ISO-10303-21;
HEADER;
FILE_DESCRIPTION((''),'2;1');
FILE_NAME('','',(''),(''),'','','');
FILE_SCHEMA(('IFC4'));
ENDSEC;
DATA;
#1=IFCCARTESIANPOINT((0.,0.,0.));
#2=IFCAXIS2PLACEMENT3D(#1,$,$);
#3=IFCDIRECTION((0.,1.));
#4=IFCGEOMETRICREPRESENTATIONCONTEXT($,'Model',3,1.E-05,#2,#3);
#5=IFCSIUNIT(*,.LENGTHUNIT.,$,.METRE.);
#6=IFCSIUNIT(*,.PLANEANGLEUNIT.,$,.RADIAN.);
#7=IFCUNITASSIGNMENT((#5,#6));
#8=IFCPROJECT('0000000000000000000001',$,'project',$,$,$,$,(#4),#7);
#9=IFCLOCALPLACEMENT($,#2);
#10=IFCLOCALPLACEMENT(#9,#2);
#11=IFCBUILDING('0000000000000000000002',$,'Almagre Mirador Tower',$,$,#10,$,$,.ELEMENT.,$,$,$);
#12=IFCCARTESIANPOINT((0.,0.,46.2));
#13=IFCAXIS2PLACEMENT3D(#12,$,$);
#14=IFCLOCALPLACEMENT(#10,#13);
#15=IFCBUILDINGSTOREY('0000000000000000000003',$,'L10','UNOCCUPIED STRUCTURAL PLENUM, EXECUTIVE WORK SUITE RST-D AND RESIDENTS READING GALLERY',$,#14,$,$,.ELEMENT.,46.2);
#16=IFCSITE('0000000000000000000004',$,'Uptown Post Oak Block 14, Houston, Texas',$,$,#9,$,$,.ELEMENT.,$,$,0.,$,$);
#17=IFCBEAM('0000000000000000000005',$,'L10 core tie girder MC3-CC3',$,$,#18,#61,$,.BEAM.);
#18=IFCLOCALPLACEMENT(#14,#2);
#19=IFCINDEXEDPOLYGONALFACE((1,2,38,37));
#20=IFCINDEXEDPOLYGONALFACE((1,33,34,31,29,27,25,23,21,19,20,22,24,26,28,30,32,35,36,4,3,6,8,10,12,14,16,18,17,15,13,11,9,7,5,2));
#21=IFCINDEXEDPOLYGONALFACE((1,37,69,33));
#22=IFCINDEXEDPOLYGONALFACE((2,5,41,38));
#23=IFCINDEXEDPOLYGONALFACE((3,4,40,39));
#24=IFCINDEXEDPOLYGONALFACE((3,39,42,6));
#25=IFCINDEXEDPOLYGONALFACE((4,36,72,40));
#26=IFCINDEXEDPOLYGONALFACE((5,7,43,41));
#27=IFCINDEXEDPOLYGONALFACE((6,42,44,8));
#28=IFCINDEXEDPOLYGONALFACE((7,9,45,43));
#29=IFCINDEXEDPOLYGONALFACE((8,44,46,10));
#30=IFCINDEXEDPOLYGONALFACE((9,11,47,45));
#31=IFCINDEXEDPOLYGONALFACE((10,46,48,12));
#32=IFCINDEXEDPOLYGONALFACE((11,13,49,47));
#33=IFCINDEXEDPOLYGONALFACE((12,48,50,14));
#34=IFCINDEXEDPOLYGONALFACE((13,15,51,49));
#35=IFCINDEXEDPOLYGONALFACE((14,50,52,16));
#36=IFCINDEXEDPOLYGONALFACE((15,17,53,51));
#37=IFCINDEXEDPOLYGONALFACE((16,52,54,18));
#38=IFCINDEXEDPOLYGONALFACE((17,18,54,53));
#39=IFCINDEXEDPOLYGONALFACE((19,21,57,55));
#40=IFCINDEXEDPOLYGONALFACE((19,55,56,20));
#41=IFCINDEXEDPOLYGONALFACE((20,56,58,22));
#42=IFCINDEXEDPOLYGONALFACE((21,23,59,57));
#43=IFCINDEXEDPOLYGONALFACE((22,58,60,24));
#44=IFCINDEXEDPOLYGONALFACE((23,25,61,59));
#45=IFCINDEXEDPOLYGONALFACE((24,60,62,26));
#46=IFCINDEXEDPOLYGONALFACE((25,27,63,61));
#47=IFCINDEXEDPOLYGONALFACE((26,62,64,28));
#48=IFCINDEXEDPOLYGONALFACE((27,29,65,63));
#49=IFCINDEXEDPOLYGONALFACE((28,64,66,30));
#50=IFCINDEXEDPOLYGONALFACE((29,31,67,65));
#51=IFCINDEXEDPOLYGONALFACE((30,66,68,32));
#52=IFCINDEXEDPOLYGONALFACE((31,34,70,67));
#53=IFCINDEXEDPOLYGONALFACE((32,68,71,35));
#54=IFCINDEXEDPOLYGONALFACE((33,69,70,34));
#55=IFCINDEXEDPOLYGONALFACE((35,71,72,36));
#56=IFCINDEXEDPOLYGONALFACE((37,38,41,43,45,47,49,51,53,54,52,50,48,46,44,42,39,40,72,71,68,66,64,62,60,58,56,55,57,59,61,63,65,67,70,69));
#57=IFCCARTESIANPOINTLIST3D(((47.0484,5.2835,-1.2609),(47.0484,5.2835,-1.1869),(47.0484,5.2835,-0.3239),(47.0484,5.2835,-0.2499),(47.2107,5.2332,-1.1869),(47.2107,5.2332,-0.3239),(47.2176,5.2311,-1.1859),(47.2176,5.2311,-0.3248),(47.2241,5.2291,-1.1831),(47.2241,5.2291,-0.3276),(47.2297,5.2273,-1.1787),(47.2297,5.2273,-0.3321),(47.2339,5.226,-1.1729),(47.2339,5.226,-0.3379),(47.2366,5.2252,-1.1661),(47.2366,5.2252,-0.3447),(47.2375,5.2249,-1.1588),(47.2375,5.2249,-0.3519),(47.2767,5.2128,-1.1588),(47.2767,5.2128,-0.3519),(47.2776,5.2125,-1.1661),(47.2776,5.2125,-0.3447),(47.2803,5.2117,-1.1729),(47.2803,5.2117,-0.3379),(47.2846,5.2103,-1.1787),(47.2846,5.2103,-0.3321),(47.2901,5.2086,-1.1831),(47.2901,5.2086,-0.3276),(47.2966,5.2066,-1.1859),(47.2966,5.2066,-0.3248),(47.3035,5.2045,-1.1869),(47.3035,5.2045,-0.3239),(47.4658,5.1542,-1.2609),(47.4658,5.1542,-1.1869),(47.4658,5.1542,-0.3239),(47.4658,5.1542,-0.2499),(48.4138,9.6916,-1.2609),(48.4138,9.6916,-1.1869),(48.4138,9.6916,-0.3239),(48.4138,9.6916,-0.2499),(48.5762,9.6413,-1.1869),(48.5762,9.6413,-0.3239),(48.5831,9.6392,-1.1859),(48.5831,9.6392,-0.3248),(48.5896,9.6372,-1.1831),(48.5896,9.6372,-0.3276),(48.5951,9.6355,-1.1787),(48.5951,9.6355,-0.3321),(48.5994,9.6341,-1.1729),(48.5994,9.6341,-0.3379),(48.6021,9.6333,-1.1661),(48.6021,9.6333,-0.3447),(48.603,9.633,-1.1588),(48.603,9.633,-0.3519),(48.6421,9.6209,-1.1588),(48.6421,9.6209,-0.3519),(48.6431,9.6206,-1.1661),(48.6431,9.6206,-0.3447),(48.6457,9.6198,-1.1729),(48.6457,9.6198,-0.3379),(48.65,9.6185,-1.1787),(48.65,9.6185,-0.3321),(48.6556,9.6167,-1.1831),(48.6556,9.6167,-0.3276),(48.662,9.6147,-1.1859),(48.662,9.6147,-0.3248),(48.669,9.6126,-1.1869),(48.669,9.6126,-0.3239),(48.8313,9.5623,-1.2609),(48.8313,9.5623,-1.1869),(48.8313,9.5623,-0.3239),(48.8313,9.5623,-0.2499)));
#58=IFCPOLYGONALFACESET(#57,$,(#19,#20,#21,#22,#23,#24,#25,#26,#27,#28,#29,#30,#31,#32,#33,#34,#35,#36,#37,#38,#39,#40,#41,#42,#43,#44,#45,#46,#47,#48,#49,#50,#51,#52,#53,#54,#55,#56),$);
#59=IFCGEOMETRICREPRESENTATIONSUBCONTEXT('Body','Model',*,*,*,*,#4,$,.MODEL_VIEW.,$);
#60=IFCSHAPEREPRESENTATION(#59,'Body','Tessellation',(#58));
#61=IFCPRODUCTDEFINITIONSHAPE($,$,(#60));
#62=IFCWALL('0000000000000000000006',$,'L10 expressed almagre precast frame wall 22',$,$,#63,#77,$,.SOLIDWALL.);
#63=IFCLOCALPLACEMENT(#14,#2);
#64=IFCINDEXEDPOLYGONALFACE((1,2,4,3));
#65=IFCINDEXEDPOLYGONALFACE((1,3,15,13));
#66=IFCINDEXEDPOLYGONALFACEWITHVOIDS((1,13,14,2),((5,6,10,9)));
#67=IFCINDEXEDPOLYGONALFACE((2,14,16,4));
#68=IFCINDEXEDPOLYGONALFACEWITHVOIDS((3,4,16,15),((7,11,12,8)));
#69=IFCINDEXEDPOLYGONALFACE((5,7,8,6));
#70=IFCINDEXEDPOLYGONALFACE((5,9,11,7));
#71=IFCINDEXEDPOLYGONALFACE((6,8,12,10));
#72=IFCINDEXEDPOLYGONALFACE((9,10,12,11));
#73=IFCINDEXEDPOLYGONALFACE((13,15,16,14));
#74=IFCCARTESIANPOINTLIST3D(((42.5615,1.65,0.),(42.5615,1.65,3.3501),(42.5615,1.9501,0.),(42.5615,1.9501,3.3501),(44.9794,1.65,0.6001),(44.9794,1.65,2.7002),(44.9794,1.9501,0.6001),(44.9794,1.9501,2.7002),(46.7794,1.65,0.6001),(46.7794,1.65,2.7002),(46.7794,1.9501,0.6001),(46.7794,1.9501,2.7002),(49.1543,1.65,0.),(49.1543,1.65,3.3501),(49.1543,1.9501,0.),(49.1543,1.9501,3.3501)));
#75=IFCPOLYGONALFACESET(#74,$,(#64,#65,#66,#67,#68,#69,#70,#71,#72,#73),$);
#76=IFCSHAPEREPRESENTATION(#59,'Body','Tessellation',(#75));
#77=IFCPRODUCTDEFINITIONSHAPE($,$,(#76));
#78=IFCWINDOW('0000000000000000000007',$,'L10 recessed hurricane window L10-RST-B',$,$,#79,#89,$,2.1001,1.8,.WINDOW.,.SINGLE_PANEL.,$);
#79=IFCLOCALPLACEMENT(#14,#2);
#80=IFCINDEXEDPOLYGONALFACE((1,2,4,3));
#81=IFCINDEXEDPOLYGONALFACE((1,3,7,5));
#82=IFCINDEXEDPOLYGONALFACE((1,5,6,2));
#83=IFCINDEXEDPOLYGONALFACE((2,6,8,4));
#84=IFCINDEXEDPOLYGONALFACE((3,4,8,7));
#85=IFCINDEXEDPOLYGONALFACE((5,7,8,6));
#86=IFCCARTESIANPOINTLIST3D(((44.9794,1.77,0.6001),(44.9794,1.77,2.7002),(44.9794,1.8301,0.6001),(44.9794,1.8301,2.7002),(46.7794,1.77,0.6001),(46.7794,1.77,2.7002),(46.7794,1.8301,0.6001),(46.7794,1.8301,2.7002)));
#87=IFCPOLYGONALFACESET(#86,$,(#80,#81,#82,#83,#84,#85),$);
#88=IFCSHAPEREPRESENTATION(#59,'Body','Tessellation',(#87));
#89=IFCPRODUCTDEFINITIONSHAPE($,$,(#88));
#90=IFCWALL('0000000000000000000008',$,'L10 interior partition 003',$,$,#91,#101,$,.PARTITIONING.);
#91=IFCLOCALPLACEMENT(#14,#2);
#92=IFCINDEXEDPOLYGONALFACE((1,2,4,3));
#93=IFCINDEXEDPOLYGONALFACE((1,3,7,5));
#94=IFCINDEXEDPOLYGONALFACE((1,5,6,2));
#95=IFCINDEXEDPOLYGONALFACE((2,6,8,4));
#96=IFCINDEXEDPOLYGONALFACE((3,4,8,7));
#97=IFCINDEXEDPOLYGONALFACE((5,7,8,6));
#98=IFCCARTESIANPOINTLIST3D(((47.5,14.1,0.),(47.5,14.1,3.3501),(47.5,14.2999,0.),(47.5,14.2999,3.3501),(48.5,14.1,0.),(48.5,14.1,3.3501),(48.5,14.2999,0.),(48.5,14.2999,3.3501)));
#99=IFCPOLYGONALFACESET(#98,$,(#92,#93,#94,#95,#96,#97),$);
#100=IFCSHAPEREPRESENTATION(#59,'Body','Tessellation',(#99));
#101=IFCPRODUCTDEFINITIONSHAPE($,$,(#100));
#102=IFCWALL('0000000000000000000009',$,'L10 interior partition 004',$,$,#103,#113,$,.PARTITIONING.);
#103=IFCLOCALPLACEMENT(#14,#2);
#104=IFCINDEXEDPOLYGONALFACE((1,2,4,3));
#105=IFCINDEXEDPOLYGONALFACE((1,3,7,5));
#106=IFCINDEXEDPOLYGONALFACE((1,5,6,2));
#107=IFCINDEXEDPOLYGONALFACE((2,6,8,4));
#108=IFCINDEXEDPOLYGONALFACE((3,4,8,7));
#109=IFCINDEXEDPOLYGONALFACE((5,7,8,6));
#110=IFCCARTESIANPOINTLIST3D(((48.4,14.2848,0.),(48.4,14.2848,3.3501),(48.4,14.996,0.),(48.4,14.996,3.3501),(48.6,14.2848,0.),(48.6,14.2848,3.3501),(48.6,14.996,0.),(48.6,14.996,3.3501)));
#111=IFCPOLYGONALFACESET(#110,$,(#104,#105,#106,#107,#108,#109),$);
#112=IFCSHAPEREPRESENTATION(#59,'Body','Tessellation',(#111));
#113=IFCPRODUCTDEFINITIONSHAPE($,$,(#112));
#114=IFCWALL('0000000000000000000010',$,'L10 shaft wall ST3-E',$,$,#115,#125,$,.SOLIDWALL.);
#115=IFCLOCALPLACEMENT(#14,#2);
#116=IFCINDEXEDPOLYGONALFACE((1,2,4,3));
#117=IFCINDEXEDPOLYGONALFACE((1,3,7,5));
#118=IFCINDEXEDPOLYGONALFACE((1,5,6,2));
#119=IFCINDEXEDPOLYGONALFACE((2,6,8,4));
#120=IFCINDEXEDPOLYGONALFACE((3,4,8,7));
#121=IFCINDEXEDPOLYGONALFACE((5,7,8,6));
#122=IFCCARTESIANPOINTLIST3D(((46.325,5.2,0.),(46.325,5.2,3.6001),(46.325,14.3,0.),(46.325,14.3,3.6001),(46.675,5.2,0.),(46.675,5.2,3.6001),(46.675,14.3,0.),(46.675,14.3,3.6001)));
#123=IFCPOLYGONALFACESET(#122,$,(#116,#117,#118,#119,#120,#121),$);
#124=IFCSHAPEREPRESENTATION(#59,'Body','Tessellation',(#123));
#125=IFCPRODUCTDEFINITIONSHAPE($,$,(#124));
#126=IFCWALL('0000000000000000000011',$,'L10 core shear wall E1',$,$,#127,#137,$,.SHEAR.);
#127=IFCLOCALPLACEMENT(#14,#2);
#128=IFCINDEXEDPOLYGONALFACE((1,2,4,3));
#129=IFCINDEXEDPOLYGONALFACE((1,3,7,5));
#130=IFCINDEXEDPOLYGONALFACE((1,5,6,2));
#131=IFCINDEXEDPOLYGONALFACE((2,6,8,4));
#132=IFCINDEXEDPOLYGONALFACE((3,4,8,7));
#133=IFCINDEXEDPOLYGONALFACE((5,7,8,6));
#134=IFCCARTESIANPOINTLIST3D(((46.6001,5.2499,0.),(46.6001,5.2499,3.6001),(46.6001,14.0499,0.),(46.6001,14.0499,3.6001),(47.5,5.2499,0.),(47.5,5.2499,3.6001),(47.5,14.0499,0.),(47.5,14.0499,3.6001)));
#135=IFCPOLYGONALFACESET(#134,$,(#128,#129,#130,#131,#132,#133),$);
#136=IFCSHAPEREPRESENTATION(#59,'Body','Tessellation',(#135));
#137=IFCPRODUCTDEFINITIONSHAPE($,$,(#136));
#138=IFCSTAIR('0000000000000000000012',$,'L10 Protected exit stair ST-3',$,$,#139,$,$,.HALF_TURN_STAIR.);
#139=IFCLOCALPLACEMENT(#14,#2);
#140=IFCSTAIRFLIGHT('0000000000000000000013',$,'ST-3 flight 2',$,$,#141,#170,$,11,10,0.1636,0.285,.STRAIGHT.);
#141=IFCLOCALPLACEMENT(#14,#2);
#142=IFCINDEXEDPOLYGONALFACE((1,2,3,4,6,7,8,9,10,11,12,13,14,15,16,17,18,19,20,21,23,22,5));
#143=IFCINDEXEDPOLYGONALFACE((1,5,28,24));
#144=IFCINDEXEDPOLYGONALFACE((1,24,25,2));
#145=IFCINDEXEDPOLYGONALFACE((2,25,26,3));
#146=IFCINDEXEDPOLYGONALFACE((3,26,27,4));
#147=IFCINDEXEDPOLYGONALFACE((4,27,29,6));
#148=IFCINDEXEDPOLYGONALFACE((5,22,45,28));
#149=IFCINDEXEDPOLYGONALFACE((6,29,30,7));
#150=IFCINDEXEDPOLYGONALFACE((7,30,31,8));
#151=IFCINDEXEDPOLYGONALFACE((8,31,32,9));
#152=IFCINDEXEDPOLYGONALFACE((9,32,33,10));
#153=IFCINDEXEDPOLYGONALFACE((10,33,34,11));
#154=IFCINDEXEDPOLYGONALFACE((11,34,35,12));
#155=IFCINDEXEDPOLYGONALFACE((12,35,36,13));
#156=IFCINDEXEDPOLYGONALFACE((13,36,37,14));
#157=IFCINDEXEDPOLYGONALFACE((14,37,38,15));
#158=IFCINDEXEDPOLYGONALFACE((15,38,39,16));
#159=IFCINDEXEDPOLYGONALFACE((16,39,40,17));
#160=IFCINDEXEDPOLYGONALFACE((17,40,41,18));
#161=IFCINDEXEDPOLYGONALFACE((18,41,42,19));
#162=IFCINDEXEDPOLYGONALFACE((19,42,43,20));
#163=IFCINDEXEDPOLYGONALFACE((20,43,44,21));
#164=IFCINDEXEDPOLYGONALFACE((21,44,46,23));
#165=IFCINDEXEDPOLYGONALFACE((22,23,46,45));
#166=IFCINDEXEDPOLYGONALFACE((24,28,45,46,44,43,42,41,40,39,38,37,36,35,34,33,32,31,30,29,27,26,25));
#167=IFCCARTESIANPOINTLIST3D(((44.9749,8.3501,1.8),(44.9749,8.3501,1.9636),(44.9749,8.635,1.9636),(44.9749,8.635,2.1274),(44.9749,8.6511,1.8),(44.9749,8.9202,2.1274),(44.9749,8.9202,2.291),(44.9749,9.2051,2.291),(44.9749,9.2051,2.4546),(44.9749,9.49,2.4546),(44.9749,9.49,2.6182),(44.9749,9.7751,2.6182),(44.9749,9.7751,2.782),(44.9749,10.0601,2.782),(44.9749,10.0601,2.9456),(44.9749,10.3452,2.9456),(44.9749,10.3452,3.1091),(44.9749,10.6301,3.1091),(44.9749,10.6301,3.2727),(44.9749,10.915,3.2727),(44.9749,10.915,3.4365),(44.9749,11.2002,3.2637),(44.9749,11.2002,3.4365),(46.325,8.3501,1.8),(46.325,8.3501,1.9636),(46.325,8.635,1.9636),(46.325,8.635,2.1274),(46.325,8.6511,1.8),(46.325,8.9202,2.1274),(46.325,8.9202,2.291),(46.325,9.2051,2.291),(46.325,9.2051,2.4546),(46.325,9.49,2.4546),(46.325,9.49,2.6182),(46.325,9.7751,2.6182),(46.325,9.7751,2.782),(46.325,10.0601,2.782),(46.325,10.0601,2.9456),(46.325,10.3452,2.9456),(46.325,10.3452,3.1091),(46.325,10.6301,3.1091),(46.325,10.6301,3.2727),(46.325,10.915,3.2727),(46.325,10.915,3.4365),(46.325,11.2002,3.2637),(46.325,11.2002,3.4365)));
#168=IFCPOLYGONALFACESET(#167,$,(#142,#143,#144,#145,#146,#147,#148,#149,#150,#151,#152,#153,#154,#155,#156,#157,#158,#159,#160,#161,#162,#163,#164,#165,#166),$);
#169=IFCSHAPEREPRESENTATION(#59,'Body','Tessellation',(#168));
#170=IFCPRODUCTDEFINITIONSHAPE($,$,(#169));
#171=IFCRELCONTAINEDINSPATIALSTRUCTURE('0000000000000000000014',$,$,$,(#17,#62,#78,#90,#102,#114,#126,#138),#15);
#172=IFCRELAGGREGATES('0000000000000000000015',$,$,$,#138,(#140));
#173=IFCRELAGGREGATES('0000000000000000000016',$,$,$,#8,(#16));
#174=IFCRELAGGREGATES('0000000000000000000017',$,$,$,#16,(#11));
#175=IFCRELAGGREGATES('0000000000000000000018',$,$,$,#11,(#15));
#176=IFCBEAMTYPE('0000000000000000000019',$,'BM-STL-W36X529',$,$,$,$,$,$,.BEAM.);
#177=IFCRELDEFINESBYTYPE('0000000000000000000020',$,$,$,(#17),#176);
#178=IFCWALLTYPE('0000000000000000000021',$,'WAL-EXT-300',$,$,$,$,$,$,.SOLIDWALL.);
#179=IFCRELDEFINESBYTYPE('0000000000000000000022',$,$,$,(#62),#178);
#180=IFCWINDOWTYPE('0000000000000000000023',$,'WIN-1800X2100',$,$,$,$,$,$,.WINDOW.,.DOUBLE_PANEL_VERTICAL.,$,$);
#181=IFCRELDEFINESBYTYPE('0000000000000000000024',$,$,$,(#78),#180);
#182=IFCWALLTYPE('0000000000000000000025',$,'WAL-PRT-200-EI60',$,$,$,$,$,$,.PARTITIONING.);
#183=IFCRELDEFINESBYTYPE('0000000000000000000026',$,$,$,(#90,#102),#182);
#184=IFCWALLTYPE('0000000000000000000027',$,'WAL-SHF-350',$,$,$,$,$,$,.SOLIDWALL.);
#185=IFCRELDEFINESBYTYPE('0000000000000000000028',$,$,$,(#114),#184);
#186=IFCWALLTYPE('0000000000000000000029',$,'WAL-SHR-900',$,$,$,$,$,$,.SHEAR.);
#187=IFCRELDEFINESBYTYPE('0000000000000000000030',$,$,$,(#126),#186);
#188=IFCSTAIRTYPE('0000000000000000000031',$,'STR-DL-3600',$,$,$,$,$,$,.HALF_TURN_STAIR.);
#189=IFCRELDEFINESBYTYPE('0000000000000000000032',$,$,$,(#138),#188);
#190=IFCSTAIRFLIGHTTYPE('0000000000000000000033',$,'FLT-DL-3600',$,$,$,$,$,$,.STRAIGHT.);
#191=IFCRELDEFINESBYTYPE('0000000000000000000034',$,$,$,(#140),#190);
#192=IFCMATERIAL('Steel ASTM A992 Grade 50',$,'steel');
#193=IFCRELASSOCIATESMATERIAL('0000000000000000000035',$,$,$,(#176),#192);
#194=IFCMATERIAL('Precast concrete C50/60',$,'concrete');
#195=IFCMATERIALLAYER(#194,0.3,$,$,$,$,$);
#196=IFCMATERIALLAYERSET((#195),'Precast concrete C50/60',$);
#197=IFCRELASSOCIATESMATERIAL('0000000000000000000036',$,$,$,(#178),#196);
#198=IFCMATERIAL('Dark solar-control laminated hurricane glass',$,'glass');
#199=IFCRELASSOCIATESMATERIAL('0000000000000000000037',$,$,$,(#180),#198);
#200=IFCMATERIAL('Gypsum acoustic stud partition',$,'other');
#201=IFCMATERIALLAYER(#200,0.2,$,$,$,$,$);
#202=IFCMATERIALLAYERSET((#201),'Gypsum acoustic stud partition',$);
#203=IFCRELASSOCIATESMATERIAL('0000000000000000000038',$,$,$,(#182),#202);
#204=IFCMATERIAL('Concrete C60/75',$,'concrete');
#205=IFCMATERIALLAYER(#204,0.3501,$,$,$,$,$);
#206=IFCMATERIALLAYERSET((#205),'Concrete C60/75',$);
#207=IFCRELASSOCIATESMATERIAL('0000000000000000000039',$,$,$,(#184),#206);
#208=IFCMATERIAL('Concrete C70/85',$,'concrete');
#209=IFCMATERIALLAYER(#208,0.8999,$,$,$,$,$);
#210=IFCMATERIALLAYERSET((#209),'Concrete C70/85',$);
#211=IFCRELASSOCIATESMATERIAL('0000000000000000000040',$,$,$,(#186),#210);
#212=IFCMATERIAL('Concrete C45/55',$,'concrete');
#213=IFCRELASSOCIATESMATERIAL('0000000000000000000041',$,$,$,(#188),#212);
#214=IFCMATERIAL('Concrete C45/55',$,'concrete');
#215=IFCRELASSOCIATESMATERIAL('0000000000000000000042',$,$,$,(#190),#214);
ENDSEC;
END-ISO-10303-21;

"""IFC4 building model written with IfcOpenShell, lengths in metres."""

from ifc_helpers import new_model, si_unit, direction, frame, frame_2d, origin, origin_2d, place, context, subcontext, project, spatial, polyline, rectangle, i_section, outline, extrude, material, layer, layer_set, material_profile, profile_set, type_object, element, fill, aggregate, save


model = new_model("IFC4")

# Units and contexts
model_context = context("Model", 3, precision=1e-05, world=origin(), true_north=direction((0.0, 1.0)))
body_context = subcontext(model_context, "Body", "Model", "MODEL_VIEW")
ifc_project = project(units=[si_unit("LENGTHUNIT", "METRE"), si_unit("PLANEANGLEUNIT", "RADIAN")], contexts=[model_context])

# Site, building, storey
site_placement = place(None, origin())
site = spatial("IfcSite", under=ifc_project, at=site_placement, Name="Uptown Post Oak Block 14, Houston, Texas", CompositionType="ELEMENT", RefElevation=0.0)
building_placement = place(site_placement, origin())
building = spatial("IfcBuilding", under=site, at=building_placement, Name="Almagre Mirador Tower", CompositionType="ELEMENT")
storey_placement = place(building_placement, frame((0.0, 0.0, 46.2)))
storey = spatial("IfcBuildingStorey", under=building, at=storey_placement, Name="L10", Description="UNOCCUPIED STRUCTURAL PLENUM, EXECUTIVE WORK SUITE RST-D AND RESIDENTS READING GALLERY", CompositionType="ELEMENT", Elevation=46.2)

# Beam
ifc_material_1 = material(Name="Steel ASTM A992 Grade 50", Category="steel")
ifc_material_profile_1 = material_profile(ifc_material_1, i_section(OverallWidth=0.437, OverallDepth=1.011, WebThickness=0.041, FlangeThickness=0.074, FilletRadius=0.0281, at=origin_2d()), Name="W36X529")
ifc_profile_set_1 = profile_set([ifc_material_profile_1], Name="Steel ASTM A992 Grade 50")
beam_type_1 = type_object("IfcBeamType", Name="BM-STL-W36X529", PredefinedType="BEAM", material=ifc_profile_set_1)
beam_1_placement = place(storey_placement, frame((48.6226, 9.627, -0.7554), z_axis=(-0.295888, -0.955223, 0.0), x_axis=(0.955223, -0.295888, 0.0)))
element("IfcBeam", 1, at=beam_1_placement, inside=storey, type_object=beam_type_1, Name="L10 core tie girder MC3-CC3", PredefinedType="BEAM", context=body_context, shape_type="SweptSolid", body=[
    extrude(i_section(OverallWidth=0.437, OverallDepth=1.011, WebThickness=0.041, FlangeThickness=0.074, FilletRadius=0.0281, at=origin_2d()), origin(), (0.0, 0.0, 1.0), 4.6147),
])

# Wall, opening, window
ifc_material_2 = material(Name="Precast concrete C50/60", Category="concrete")
ifc_layer_1 = layer(ifc_material_2, 0.3)
ifc_layer_set_1 = layer_set([ifc_layer_1], Name="Precast concrete C50/60")
wall_type_1 = type_object("IfcWallType", Name="WAL-EXT-300", PredefinedType="SOLIDWALL", material=ifc_layer_set_1)
wall_1_placement = place(storey_placement, frame((49.1543, 1.8, 0.0), z_axis=(0.0, 0.0, 1.0), x_axis=(-1.0, 0.0, 0.0)))
wall_1 = element("IfcWall", 2, at=wall_1_placement, inside=storey, type_object=wall_type_1, Name="L10 expressed almagre precast frame wall 22", PredefinedType="SOLIDWALL", context=body_context, shape_type="SweptSolid", body=[
    extrude(rectangle(XDim=6.5928, YDim=0.3, at=frame_2d((3.2964, 0.0))), origin(), (0.0, 0.0, 1.0), 3.3501),
])
opening_placement = place(wall_1_placement, frame((2.375, 0.0, 0.6001)))
opening = element("IfcOpeningElement", 3, at=opening_placement, cuts=wall_1, PredefinedType="OPENING", context=body_context, shape_type="SweptSolid", body=[
    extrude(rectangle(XDim=1.8, YDim=2.1001, at=frame_2d((0.8999, 1.05))), frame((0.0, 0.1599, 0.0), z_axis=(0.0, -1.0, 0.0), x_axis=(1.0, 0.0, 0.0)), (0.0, 0.0, 1.0), 0.32),
])
ifc_material_3 = material(Name="Dark solar-control laminated hurricane glass", Category="glass")
window_type = type_object("IfcWindowType", Name="WIN-1800X2100", PartitioningType="DOUBLE_PANEL_VERTICAL", PredefinedType="WINDOW", material=ifc_material_3)
window_placement = place(opening_placement, origin())
window = element("IfcWindow", 4, at=window_placement, inside=storey, type_object=window_type, Name="L10 recessed hurricane window L10-RST-B", OverallHeight=2.1001, OverallWidth=1.8, PartitioningType="SINGLE_PANEL", PredefinedType="WINDOW", context=body_context, shape_type="SweptSolid", body=[
    extrude(rectangle(XDim=1.8, YDim=2.1001, at=frame_2d((0.8999, 1.05))), frame((0.0, 0.03, 0.0), z_axis=(0.0, -1.0, 0.0), x_axis=(1.0, 0.0, 0.0)), (0.0, 0.0, 1.0), 0.0601),
])
fill(opening, window)

# Walls
ifc_material_4 = material(Name="Gypsum acoustic stud partition", Category="other")
ifc_layer_2 = layer(ifc_material_4, 0.2)
ifc_layer_set_2 = layer_set([ifc_layer_2], Name="Gypsum acoustic stud partition")
wall_type_2 = type_object("IfcWallType", Name="WAL-PRT-200-EI60", PredefinedType="PARTITIONING", material=ifc_layer_set_2)
wall_2_placement = place(storey_placement, frame((47.5, 14.2, 0.0), z_axis=(0.0, 0.0, 1.0), x_axis=(1.0, 0.0, 0.0)))
element("IfcWall", 5, at=wall_2_placement, inside=storey, type_object=wall_type_2, Name="L10 interior partition 003", PredefinedType="PARTITIONING", context=body_context, shape_type="SweptSolid", body=[
    extrude(rectangle(XDim=1.0, YDim=0.2, at=frame_2d((0.5, 0.0))), origin(), (0.0, 0.0, 1.0), 3.3501),
])
wall_3_placement = place(storey_placement, frame((48.5, 14.2849, 0.0), z_axis=(0.0, 0.0, 1.0), x_axis=(0.0, 1.0, 0.0)))
element("IfcWall", 6, at=wall_3_placement, inside=storey, type_object=wall_type_2, Name="L10 interior partition 004", PredefinedType="PARTITIONING", context=body_context, shape_type="SweptSolid", body=[
    extrude(rectangle(XDim=0.7112, YDim=0.2, at=frame_2d((0.3555, 0.0))), origin(), (0.0, 0.0, 1.0), 3.3501),
])
ifc_material_5 = material(Name="Concrete C60/75", Category="concrete")
ifc_layer_3 = layer(ifc_material_5, 0.3501)
ifc_layer_set_3 = layer_set([ifc_layer_3], Name="Concrete C60/75")
wall_type_3 = type_object("IfcWallType", Name="WAL-SHF-350", PredefinedType="SOLIDWALL", material=ifc_layer_set_3)
wall_4_placement = place(storey_placement, frame((46.5, 5.2, 0.0), z_axis=(0.0, 0.0, 1.0), x_axis=(0.0, 1.0, 0.0)))
element("IfcWall", 7, at=wall_4_placement, inside=storey, type_object=wall_type_3, Name="L10 shaft wall ST3-E", PredefinedType="SOLIDWALL", context=body_context, shape_type="SweptSolid", body=[
    extrude(rectangle(XDim=9.1001, YDim=0.3501, at=frame_2d((4.55, 0.0))), origin(), (0.0, 0.0, 1.0), 3.6001),
])
ifc_material_6 = material(Name="Concrete C70/85", Category="concrete")
ifc_layer_4 = layer(ifc_material_6, 0.8999)
ifc_layer_set_4 = layer_set([ifc_layer_4], Name="Concrete C70/85")
wall_type_4 = type_object("IfcWallType", Name="WAL-SHR-900", PredefinedType="SHEAR", material=ifc_layer_set_4)
wall_5_placement = place(storey_placement, frame((47.05, 5.25, 0.0), z_axis=(0.0, 0.0, 1.0), x_axis=(0.0, 1.0, 0.0)))
element("IfcWall", 8, at=wall_5_placement, inside=storey, type_object=wall_type_4, Name="L10 core shear wall E1", PredefinedType="SHEAR", context=body_context, shape_type="SweptSolid", body=[
    extrude(rectangle(XDim=8.8, YDim=0.8999, at=frame_2d((4.3999, 0.0))), origin(), (0.0, 0.0, 1.0), 3.6001),
])

# Stair, stair flight
ifc_material_7 = material(Name="Concrete C45/55", Category="concrete")
stair_type = type_object("IfcStairType", Name="STR-DL-3600", PredefinedType="HALF_TURN_STAIR", material=ifc_material_7)
stair_placement = place(storey_placement, origin())
stair = element("IfcStair", 9, at=stair_placement, inside=storey, type_object=stair_type, Name="L10 Protected exit stair ST-3", PredefinedType="HALF_TURN_STAIR")
ifc_material_8 = material(Name="Concrete C45/55", Category="concrete")
stair_flight_type = type_object("IfcStairFlightType", Name="FLT-DL-3600", PredefinedType="STRAIGHT", material=ifc_material_8)
stair_flight_placement = place(storey_placement, frame((45.6499, 8.3501, 1.8), z_axis=(0.0, 0.0, 1.0), x_axis=(0.0, 1.0, 0.0)))
stair_flight = element("IfcStairFlight", 10, at=stair_flight_placement, type_object=stair_flight_type, Name="ST-3 flight 2", NumberOfRisers=11, NumberOfTreads=10, PredefinedType="STRAIGHT", RiserHeight=0.1636, TreadLength=0.285, context=body_context, shape_type="SweptSolid", body=[
    extrude(outline(polyline([(0.0, 0.0), (0.0, 0.1636), (0.2849, 0.1636), (0.2849, 0.3274), (0.5701, 0.3274), (0.5701, 0.491), (0.855, 0.491), (0.855, 0.6545), (1.1399, 0.6545), (1.1399, 0.8181), (1.425, 0.8181), (1.425, 0.9819), (1.71, 0.9819), (1.71, 1.1455), (1.9951, 1.1455), (1.9951, 1.3091), (2.28, 1.3091), (2.28, 1.4727), (2.5649, 1.4727), (2.5649, 1.6365), (2.8501, 1.6365), (2.8501, 1.8), (2.8501, 1.4636), (0.301, 0.0), (0.0, 0.0)])), frame((0.0, 0.675, 0.0), z_axis=(0.0, -1.0, 0.0), x_axis=(1.0, 0.0, 0.0)), (0.0, 0.0, 1.0), 1.3501),
])
aggregate(stair, [stair_flight])

save(model, "model.ifc")
